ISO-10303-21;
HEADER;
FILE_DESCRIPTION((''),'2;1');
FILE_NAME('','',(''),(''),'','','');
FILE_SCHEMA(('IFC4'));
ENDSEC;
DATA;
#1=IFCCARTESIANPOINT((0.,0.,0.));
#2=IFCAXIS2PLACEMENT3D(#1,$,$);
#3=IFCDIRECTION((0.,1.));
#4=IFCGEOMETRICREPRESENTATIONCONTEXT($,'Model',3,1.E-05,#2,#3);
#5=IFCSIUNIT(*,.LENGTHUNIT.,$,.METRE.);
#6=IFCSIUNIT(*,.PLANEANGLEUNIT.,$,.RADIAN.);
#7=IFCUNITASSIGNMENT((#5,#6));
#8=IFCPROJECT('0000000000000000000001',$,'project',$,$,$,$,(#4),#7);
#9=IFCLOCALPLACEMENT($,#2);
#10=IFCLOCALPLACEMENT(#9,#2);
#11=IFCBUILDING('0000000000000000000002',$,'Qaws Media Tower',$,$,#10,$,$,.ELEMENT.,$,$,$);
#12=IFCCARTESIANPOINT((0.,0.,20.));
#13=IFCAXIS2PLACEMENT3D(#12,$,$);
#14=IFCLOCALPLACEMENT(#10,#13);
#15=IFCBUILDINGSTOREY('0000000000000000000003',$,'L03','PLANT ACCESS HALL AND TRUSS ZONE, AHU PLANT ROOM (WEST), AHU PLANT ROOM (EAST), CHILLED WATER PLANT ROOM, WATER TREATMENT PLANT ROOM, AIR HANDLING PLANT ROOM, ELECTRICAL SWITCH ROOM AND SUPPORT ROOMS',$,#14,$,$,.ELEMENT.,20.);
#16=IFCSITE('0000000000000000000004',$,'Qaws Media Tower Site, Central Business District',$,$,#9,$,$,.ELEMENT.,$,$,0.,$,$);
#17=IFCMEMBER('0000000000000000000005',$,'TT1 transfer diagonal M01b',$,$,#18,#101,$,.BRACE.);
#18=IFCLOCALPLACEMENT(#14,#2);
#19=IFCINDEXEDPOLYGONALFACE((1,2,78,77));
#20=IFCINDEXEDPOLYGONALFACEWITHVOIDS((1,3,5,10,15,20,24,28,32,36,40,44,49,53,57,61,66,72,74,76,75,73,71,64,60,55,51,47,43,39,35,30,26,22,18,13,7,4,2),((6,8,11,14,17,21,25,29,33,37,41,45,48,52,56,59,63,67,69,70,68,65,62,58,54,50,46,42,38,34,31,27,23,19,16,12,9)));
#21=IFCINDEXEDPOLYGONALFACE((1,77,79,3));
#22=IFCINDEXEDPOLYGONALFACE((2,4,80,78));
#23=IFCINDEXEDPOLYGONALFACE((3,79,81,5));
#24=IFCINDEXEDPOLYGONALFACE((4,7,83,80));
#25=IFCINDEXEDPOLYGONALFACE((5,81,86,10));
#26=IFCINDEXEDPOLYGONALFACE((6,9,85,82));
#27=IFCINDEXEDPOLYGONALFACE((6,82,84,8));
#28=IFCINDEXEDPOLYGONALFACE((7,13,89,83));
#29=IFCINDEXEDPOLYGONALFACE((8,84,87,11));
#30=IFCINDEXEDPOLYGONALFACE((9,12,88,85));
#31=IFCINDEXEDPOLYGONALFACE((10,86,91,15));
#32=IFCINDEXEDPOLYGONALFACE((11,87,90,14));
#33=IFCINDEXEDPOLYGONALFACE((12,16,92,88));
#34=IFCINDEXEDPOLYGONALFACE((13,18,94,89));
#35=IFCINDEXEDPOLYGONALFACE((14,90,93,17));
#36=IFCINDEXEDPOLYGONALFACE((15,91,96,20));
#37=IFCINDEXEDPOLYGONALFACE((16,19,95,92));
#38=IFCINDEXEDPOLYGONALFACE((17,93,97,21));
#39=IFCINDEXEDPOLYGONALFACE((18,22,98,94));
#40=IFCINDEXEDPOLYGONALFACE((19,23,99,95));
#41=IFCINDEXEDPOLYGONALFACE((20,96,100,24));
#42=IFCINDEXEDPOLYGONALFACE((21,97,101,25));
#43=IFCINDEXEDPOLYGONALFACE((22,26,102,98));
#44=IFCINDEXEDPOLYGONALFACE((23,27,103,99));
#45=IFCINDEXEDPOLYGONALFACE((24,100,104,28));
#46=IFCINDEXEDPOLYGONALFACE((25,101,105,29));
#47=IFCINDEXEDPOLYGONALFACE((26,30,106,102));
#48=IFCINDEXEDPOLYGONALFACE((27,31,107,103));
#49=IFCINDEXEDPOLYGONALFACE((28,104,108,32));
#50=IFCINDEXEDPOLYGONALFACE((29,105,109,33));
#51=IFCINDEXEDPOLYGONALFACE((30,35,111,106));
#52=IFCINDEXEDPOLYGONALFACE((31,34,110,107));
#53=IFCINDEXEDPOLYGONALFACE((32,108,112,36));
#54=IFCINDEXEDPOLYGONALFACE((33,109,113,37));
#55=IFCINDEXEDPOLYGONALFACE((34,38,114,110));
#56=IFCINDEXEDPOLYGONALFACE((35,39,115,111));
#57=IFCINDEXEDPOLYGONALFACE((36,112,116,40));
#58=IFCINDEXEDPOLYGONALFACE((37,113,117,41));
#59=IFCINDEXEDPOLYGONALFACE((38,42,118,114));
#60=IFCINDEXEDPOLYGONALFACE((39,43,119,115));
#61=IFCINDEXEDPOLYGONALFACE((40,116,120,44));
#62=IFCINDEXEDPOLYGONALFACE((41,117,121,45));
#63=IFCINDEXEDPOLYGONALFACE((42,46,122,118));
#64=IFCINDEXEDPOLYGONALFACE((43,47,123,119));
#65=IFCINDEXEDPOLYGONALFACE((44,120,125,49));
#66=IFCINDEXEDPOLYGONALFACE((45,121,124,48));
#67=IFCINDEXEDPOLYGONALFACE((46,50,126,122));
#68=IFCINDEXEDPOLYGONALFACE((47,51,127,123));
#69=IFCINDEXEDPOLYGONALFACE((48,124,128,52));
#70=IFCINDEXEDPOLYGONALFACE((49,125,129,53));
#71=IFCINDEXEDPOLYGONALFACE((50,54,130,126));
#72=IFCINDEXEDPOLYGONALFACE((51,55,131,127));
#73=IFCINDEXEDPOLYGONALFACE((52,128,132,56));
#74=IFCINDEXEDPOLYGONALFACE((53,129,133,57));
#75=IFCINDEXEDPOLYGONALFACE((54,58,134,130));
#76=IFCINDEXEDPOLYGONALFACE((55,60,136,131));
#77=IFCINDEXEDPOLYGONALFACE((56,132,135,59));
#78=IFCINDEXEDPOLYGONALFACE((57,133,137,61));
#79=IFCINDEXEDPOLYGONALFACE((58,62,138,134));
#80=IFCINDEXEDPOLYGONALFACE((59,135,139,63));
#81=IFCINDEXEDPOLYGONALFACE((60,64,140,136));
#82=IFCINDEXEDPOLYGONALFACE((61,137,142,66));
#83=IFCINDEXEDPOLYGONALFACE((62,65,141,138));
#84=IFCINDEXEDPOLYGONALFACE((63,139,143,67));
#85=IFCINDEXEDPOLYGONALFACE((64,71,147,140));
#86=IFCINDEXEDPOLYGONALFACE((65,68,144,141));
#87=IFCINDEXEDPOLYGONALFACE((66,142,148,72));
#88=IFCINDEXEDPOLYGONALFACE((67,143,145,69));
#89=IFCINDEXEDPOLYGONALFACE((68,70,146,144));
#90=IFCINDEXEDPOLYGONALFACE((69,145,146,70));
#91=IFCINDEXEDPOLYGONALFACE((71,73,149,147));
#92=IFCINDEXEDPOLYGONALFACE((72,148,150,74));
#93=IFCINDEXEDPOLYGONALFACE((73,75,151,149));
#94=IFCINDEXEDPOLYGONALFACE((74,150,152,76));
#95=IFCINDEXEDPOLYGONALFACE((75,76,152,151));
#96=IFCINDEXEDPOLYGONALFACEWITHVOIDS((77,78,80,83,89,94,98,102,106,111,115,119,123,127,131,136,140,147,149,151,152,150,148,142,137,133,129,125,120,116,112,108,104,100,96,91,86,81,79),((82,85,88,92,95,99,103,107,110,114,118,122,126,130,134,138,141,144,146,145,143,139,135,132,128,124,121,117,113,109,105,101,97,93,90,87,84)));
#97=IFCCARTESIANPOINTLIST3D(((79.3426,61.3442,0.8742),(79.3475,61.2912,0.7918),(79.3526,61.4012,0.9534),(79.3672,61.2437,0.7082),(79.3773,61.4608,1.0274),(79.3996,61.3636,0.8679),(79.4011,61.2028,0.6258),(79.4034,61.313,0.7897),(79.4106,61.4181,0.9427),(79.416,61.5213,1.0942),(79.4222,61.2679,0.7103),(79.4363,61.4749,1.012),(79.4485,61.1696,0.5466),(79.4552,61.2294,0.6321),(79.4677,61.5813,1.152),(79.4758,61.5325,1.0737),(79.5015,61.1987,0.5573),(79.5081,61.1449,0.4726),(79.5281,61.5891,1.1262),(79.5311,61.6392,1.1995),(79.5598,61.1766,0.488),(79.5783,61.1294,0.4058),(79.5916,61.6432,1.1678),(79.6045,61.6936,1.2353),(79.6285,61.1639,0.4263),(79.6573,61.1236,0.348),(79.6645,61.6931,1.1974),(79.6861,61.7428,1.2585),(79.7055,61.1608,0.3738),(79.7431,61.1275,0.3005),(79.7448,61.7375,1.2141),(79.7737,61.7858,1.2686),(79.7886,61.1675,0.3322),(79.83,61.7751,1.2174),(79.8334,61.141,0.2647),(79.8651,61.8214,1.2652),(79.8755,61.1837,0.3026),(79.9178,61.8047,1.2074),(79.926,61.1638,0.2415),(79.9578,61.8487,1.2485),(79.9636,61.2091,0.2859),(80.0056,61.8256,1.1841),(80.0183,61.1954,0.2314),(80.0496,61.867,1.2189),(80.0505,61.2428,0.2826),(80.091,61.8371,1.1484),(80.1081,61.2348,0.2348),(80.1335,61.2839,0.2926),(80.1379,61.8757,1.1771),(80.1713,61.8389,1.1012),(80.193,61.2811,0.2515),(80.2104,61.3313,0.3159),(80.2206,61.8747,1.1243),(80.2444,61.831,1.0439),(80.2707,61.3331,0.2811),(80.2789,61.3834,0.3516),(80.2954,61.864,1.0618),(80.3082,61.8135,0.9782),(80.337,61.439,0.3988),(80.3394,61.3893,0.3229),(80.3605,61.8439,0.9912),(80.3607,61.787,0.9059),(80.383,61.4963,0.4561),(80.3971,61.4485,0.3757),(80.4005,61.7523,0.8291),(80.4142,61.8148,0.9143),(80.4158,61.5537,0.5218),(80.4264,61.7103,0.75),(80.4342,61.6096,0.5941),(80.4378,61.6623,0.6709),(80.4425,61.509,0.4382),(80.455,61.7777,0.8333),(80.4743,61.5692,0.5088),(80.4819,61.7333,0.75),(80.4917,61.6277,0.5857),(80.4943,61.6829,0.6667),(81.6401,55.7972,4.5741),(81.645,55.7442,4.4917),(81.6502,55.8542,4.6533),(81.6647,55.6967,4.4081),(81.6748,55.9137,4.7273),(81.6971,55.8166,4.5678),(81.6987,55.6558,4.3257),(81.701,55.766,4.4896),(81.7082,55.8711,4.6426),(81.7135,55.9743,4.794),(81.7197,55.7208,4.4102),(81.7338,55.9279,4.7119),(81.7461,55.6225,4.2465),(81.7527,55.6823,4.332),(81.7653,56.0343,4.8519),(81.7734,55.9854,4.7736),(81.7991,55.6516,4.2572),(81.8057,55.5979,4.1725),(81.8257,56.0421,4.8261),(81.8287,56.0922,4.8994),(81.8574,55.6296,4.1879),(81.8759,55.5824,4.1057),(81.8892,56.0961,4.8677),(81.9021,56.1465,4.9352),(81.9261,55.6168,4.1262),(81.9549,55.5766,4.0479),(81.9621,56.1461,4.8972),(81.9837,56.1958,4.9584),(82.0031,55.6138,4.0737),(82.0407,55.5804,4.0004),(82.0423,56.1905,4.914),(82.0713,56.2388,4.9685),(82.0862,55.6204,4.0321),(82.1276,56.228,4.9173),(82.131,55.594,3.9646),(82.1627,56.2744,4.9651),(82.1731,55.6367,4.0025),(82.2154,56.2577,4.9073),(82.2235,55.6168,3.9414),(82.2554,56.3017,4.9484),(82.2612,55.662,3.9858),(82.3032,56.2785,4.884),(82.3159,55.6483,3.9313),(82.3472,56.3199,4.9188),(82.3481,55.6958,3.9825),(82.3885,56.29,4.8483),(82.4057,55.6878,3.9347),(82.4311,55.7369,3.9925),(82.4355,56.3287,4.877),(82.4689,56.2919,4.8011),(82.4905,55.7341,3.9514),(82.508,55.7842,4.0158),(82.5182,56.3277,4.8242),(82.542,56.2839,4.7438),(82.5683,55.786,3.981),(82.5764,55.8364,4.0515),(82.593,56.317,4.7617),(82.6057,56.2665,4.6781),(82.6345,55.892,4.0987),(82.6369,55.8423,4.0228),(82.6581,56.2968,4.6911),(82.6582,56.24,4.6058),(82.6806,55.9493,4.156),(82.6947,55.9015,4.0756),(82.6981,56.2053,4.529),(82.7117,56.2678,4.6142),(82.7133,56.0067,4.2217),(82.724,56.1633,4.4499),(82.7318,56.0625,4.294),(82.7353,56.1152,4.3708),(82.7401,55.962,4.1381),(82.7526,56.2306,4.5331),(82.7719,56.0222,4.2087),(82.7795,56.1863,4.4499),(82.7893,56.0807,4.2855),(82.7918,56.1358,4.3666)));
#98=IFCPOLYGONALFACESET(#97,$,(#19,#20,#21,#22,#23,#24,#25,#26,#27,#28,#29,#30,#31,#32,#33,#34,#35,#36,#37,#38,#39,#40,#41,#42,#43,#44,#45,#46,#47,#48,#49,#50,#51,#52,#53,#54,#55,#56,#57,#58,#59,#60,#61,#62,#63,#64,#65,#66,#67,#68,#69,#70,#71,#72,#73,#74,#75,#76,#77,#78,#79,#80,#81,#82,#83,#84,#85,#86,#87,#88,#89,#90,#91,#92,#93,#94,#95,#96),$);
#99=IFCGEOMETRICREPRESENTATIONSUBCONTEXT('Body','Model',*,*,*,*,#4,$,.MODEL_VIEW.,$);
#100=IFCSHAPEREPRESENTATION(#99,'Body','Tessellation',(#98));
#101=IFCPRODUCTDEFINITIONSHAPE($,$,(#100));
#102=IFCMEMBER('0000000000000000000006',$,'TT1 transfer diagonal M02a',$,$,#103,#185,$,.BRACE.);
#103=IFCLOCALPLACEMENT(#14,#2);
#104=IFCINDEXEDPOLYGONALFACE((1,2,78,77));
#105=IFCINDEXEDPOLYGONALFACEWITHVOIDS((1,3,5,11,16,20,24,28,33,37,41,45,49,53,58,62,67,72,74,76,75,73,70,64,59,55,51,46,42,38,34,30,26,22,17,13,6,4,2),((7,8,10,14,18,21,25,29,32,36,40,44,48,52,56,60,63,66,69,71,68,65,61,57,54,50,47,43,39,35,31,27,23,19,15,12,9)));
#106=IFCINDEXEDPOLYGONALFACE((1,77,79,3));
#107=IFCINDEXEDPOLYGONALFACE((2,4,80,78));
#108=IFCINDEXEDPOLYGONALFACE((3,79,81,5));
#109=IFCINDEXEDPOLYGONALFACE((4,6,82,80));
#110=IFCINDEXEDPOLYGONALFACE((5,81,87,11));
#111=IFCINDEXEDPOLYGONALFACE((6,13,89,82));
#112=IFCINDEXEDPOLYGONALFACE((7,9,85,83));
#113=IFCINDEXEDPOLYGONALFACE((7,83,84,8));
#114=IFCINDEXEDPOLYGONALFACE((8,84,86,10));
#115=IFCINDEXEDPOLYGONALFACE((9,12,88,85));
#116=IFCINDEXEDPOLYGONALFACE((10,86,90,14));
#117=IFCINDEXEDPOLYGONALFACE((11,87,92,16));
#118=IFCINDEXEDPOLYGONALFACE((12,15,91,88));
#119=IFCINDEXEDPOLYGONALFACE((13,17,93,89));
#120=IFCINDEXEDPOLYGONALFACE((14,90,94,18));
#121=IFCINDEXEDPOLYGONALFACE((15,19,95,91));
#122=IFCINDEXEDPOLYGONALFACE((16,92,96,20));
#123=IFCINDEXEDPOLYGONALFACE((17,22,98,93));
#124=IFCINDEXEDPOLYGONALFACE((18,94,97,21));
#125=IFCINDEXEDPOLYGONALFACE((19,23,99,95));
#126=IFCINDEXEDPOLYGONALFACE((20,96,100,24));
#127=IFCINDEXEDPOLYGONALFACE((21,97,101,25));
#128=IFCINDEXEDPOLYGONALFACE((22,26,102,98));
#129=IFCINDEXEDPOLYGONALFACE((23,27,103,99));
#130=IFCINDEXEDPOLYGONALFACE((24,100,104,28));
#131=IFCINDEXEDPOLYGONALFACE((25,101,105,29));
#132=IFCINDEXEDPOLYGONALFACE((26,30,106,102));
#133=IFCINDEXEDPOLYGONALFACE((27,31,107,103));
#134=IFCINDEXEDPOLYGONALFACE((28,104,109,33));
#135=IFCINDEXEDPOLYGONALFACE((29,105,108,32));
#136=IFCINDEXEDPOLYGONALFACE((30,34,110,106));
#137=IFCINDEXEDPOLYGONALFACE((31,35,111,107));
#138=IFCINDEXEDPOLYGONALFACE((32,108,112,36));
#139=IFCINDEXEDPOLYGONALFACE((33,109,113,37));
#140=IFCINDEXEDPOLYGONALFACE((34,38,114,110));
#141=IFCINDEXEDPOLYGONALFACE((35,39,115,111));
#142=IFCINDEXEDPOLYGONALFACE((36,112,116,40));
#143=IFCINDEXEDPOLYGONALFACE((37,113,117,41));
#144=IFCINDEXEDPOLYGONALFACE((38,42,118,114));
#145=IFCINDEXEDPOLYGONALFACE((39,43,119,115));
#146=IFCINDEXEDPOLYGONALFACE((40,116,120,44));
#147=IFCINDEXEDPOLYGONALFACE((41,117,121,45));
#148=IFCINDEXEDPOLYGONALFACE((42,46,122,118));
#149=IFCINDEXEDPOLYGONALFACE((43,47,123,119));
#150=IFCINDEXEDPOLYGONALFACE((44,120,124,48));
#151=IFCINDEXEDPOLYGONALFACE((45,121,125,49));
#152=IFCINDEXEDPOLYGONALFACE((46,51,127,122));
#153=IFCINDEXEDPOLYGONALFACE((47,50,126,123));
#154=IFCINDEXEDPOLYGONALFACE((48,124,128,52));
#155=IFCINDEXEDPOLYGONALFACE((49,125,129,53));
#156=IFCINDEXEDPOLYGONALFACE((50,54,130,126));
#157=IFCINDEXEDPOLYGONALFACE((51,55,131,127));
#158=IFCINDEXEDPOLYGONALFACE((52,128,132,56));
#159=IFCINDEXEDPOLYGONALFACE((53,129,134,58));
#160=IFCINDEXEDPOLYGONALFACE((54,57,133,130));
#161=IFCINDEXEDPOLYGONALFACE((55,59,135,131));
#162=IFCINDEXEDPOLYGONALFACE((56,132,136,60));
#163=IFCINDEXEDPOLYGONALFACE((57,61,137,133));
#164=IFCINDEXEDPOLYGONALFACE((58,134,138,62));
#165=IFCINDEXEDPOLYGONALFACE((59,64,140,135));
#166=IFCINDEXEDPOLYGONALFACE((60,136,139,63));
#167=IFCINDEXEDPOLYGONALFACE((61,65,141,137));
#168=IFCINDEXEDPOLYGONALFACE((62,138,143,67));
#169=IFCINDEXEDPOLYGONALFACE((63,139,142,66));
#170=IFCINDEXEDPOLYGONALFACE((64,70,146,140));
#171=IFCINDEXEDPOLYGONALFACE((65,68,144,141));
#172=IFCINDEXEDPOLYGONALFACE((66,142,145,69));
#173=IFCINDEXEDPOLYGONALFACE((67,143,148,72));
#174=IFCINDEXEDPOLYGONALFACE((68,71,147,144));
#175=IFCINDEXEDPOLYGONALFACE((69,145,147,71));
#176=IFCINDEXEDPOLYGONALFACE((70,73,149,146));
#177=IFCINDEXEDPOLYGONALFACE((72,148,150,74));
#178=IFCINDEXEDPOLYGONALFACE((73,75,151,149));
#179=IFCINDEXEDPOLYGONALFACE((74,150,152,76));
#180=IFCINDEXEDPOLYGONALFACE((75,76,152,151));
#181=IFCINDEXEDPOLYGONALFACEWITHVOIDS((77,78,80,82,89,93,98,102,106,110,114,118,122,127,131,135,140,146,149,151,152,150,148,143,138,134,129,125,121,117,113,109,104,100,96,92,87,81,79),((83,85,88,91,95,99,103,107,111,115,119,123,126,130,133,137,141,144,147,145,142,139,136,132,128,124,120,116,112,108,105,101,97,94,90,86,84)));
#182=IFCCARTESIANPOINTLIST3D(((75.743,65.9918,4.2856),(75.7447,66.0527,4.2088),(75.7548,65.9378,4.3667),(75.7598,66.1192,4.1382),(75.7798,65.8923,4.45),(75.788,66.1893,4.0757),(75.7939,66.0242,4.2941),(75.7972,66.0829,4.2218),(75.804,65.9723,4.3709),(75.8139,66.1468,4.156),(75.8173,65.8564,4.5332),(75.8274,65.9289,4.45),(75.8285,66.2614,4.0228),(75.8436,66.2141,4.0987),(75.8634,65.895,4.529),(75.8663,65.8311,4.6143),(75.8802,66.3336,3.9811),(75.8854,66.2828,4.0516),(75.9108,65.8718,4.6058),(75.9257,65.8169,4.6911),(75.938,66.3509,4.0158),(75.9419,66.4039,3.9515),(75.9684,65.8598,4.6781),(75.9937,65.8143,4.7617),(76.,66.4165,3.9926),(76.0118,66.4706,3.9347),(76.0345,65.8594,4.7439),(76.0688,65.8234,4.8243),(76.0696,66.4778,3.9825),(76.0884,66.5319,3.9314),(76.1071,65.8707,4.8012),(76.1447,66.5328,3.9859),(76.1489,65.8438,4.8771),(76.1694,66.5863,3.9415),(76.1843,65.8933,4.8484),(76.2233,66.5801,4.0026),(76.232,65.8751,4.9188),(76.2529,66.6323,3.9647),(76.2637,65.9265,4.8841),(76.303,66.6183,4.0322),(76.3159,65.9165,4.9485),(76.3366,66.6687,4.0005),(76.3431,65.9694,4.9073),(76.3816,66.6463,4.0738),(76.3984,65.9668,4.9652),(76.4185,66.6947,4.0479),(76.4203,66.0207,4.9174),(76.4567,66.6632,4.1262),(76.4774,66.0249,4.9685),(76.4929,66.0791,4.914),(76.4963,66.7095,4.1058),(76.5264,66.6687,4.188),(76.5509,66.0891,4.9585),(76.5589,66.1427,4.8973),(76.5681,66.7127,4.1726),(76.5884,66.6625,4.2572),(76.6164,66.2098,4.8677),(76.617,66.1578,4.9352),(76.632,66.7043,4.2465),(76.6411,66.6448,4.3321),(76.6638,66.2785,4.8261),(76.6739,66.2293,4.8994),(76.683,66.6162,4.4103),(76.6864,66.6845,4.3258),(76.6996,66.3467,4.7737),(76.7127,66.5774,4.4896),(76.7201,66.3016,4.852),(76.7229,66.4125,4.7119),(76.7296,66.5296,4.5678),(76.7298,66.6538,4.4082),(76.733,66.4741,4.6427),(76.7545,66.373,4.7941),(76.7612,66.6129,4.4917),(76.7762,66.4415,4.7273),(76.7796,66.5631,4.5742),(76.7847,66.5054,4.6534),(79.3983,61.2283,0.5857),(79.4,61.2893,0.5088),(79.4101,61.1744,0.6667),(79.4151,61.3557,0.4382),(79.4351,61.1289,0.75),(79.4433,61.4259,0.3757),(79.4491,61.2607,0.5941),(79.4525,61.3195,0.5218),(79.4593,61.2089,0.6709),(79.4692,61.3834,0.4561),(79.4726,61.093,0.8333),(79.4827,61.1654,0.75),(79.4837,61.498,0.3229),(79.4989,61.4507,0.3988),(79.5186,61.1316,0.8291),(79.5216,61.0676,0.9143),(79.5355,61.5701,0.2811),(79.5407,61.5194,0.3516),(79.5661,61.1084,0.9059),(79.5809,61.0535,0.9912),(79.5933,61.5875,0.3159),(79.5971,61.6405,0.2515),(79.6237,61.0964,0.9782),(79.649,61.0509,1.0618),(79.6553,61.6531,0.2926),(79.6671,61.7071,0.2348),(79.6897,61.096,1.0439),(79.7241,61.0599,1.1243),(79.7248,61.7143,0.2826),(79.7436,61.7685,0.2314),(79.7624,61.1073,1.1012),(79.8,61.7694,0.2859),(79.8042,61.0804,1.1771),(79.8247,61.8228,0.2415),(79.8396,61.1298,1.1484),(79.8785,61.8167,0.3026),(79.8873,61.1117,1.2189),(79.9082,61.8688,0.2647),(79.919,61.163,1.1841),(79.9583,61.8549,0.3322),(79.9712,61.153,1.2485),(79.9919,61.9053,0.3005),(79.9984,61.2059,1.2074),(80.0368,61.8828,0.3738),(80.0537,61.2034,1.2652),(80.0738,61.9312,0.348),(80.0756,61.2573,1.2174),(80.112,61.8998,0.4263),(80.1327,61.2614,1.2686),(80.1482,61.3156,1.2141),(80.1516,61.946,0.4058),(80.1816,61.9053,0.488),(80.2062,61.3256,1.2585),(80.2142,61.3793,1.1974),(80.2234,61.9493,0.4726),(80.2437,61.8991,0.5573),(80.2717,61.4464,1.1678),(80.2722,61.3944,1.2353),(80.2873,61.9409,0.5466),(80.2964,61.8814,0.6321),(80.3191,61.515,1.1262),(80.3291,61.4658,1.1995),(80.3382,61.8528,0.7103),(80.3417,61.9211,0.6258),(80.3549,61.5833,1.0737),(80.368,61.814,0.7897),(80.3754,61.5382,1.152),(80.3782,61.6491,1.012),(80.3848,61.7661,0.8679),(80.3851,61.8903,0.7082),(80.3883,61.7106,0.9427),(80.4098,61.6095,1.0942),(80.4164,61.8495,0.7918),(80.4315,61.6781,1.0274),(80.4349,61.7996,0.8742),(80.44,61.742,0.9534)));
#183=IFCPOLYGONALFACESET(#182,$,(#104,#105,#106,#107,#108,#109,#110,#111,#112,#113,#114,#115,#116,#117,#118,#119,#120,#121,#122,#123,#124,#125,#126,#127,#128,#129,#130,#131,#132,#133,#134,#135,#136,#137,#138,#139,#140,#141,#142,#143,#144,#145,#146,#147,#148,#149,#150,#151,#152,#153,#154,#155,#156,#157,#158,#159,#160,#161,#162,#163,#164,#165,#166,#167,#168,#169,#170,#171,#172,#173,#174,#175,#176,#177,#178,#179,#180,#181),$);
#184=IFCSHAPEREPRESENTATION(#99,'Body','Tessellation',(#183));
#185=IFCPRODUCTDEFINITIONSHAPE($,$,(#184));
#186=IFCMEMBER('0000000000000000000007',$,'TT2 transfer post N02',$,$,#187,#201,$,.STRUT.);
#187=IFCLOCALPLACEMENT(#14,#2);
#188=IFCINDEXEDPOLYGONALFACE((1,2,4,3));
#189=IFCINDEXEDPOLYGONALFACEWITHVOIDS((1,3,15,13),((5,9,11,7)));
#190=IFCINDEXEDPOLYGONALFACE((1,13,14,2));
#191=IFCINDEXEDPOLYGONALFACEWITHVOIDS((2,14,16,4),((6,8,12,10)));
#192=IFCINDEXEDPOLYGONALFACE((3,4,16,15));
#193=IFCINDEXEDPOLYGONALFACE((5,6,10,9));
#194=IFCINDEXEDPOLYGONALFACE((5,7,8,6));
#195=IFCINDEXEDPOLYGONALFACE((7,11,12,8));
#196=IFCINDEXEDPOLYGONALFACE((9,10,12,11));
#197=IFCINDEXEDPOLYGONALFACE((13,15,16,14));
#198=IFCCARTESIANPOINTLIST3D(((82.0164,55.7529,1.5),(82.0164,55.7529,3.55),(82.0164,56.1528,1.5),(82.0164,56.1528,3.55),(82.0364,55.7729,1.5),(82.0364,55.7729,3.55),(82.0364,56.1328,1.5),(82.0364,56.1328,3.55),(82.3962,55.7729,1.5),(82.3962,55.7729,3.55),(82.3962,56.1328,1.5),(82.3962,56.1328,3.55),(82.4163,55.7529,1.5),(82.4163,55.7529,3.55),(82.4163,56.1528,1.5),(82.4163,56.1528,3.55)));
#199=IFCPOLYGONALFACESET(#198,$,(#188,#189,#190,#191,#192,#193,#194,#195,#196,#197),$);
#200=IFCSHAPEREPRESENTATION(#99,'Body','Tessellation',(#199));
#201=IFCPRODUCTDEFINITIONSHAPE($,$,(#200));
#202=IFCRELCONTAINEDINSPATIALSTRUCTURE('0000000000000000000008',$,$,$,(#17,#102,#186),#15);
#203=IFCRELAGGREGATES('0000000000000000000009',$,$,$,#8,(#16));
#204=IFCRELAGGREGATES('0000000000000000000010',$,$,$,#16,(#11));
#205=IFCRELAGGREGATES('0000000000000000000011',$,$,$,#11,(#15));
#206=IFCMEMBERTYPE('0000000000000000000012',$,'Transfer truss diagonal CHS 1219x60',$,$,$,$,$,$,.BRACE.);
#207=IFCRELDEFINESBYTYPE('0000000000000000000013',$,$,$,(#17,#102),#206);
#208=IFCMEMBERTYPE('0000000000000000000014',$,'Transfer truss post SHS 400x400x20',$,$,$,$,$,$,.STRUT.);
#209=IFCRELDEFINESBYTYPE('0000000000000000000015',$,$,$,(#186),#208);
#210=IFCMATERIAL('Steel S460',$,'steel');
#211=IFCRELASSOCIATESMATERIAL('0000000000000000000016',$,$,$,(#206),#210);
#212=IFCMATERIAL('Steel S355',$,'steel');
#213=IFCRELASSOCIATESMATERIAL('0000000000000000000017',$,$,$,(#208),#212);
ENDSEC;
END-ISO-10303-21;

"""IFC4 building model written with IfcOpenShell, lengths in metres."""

from ifc_helpers import new_model, si_unit, direction, frame, origin, origin_2d, place, context, subcontext, project, spatial, hollow_rectangle, hollow_circle, extrude, material, material_profile, profile_set, type_object, element, save


model = new_model("IFC4")

# Units and contexts
model_context = context("Model", 3, precision=1e-05, world=origin(), true_north=direction((0.0, 1.0)))
body_context = subcontext(model_context, "Body", "Model", "MODEL_VIEW")
ifc_project = project(units=[si_unit("LENGTHUNIT", "METRE"), si_unit("PLANEANGLEUNIT", "RADIAN")], contexts=[model_context])

# Site, building, storey
site_placement = place(None, origin())
site = spatial("IfcSite", under=ifc_project, at=site_placement, Name="Qaws Media Tower Site, Central Business District", CompositionType="ELEMENT", RefElevation=0.0)
building_placement = place(site_placement, origin())
building = spatial("IfcBuilding", under=site, at=building_placement, Name="Qaws Media Tower", CompositionType="ELEMENT")
storey_placement = place(building_placement, frame((0.0, 0.0, 20.0)))
storey = spatial("IfcBuildingStorey", under=building, at=storey_placement, Name="L03", Description="PLANT ACCESS HALL AND TRUSS ZONE, AHU PLANT ROOM (WEST), AHU PLANT ROOM (EAST), CHILLED WATER PLANT ROOM, WATER TREATMENT PLANT ROOM, AIR HANDLING PLANT ROOM, ELECTRICAL SWITCH ROOM AND SUPPORT ROOMS", CompositionType="ELEMENT", Elevation=20.0)

# Members
ifc_material_1 = material(Name="Steel S460", Category="steel")
ifc_material_profile_1 = material_profile(ifc_material_1, hollow_circle(Radius=0.6096, WallThickness=0.0601, at=origin_2d()), Name="CHS 1219x60")
ifc_profile_set_1 = profile_set([ifc_material_profile_1], Name="Steel S460")
member_type_1 = type_object("IfcMemberType", Name="Transfer truss diagonal CHS 1219x60", PredefinedType="BRACE", material=ifc_profile_set_1)
member_1_placement = place(storey_placement, frame((79.9187, 61.5, 0.75), z_axis=(0.325782, -0.786535, 0.524622), x_axis=(0.923885, 0.382671, 0.0)))
element("IfcMember", 1, at=member_1_placement, inside=storey, type_object=member_type_1, Name="TT1 transfer diagonal M01b", PredefinedType="BRACE", context=body_context, shape_type="SweptSolid", body=[
    extrude(hollow_circle(Radius=0.6096, WallThickness=0.0601, at=origin_2d()), origin(), (0.0, 0.0, 1.0), 7.0525),
])
member_2_placement = place(storey_placement, frame((79.9187, 61.5, 0.75), z_axis=(-0.518278, 0.675403, 0.524613), x_axis=(-0.79334, -0.608779, 0.0)))
element("IfcMember", 2, at=member_2_placement, inside=storey, type_object=member_type_1, Name="TT1 transfer diagonal M02a", PredefinedType="BRACE", context=body_context, shape_type="SweptSolid", body=[
    extrude(hollow_circle(Radius=0.6096, WallThickness=0.0601, at=origin_2d()), origin(), (0.0, 0.0, 1.0), 7.0527),
])
ifc_material_2 = material(Name="Steel S355", Category="steel")
ifc_material_profile_2 = material_profile(ifc_material_2, hollow_rectangle(XDim=0.3999, YDim=0.3999, WallThickness=0.02, at=origin_2d()), Name="SHS 400x400x20")
ifc_profile_set_2 = profile_set([ifc_material_profile_2], Name="Steel S355")
member_type_2 = type_object("IfcMemberType", Name="Transfer truss post SHS 400x400x20", PredefinedType="STRUT", material=ifc_profile_set_2)
member_3_placement = place(storey_placement, frame((82.2163, 55.9529, 1.5), z_axis=(0.0, 0.0, 1.0), x_axis=(1.0, 0.0, 0.0)))
element("IfcMember", 3, at=member_3_placement, inside=storey, type_object=member_type_2, Name="TT2 transfer post N02", PredefinedType="STRUT", context=body_context, shape_type="SweptSolid", body=[
    extrude(hollow_rectangle(XDim=0.3999, YDim=0.3999, WallThickness=0.02, at=origin_2d()), origin(), (0.0, 0.0, 1.0), 2.05),
])

save(model, "model.ifc")
